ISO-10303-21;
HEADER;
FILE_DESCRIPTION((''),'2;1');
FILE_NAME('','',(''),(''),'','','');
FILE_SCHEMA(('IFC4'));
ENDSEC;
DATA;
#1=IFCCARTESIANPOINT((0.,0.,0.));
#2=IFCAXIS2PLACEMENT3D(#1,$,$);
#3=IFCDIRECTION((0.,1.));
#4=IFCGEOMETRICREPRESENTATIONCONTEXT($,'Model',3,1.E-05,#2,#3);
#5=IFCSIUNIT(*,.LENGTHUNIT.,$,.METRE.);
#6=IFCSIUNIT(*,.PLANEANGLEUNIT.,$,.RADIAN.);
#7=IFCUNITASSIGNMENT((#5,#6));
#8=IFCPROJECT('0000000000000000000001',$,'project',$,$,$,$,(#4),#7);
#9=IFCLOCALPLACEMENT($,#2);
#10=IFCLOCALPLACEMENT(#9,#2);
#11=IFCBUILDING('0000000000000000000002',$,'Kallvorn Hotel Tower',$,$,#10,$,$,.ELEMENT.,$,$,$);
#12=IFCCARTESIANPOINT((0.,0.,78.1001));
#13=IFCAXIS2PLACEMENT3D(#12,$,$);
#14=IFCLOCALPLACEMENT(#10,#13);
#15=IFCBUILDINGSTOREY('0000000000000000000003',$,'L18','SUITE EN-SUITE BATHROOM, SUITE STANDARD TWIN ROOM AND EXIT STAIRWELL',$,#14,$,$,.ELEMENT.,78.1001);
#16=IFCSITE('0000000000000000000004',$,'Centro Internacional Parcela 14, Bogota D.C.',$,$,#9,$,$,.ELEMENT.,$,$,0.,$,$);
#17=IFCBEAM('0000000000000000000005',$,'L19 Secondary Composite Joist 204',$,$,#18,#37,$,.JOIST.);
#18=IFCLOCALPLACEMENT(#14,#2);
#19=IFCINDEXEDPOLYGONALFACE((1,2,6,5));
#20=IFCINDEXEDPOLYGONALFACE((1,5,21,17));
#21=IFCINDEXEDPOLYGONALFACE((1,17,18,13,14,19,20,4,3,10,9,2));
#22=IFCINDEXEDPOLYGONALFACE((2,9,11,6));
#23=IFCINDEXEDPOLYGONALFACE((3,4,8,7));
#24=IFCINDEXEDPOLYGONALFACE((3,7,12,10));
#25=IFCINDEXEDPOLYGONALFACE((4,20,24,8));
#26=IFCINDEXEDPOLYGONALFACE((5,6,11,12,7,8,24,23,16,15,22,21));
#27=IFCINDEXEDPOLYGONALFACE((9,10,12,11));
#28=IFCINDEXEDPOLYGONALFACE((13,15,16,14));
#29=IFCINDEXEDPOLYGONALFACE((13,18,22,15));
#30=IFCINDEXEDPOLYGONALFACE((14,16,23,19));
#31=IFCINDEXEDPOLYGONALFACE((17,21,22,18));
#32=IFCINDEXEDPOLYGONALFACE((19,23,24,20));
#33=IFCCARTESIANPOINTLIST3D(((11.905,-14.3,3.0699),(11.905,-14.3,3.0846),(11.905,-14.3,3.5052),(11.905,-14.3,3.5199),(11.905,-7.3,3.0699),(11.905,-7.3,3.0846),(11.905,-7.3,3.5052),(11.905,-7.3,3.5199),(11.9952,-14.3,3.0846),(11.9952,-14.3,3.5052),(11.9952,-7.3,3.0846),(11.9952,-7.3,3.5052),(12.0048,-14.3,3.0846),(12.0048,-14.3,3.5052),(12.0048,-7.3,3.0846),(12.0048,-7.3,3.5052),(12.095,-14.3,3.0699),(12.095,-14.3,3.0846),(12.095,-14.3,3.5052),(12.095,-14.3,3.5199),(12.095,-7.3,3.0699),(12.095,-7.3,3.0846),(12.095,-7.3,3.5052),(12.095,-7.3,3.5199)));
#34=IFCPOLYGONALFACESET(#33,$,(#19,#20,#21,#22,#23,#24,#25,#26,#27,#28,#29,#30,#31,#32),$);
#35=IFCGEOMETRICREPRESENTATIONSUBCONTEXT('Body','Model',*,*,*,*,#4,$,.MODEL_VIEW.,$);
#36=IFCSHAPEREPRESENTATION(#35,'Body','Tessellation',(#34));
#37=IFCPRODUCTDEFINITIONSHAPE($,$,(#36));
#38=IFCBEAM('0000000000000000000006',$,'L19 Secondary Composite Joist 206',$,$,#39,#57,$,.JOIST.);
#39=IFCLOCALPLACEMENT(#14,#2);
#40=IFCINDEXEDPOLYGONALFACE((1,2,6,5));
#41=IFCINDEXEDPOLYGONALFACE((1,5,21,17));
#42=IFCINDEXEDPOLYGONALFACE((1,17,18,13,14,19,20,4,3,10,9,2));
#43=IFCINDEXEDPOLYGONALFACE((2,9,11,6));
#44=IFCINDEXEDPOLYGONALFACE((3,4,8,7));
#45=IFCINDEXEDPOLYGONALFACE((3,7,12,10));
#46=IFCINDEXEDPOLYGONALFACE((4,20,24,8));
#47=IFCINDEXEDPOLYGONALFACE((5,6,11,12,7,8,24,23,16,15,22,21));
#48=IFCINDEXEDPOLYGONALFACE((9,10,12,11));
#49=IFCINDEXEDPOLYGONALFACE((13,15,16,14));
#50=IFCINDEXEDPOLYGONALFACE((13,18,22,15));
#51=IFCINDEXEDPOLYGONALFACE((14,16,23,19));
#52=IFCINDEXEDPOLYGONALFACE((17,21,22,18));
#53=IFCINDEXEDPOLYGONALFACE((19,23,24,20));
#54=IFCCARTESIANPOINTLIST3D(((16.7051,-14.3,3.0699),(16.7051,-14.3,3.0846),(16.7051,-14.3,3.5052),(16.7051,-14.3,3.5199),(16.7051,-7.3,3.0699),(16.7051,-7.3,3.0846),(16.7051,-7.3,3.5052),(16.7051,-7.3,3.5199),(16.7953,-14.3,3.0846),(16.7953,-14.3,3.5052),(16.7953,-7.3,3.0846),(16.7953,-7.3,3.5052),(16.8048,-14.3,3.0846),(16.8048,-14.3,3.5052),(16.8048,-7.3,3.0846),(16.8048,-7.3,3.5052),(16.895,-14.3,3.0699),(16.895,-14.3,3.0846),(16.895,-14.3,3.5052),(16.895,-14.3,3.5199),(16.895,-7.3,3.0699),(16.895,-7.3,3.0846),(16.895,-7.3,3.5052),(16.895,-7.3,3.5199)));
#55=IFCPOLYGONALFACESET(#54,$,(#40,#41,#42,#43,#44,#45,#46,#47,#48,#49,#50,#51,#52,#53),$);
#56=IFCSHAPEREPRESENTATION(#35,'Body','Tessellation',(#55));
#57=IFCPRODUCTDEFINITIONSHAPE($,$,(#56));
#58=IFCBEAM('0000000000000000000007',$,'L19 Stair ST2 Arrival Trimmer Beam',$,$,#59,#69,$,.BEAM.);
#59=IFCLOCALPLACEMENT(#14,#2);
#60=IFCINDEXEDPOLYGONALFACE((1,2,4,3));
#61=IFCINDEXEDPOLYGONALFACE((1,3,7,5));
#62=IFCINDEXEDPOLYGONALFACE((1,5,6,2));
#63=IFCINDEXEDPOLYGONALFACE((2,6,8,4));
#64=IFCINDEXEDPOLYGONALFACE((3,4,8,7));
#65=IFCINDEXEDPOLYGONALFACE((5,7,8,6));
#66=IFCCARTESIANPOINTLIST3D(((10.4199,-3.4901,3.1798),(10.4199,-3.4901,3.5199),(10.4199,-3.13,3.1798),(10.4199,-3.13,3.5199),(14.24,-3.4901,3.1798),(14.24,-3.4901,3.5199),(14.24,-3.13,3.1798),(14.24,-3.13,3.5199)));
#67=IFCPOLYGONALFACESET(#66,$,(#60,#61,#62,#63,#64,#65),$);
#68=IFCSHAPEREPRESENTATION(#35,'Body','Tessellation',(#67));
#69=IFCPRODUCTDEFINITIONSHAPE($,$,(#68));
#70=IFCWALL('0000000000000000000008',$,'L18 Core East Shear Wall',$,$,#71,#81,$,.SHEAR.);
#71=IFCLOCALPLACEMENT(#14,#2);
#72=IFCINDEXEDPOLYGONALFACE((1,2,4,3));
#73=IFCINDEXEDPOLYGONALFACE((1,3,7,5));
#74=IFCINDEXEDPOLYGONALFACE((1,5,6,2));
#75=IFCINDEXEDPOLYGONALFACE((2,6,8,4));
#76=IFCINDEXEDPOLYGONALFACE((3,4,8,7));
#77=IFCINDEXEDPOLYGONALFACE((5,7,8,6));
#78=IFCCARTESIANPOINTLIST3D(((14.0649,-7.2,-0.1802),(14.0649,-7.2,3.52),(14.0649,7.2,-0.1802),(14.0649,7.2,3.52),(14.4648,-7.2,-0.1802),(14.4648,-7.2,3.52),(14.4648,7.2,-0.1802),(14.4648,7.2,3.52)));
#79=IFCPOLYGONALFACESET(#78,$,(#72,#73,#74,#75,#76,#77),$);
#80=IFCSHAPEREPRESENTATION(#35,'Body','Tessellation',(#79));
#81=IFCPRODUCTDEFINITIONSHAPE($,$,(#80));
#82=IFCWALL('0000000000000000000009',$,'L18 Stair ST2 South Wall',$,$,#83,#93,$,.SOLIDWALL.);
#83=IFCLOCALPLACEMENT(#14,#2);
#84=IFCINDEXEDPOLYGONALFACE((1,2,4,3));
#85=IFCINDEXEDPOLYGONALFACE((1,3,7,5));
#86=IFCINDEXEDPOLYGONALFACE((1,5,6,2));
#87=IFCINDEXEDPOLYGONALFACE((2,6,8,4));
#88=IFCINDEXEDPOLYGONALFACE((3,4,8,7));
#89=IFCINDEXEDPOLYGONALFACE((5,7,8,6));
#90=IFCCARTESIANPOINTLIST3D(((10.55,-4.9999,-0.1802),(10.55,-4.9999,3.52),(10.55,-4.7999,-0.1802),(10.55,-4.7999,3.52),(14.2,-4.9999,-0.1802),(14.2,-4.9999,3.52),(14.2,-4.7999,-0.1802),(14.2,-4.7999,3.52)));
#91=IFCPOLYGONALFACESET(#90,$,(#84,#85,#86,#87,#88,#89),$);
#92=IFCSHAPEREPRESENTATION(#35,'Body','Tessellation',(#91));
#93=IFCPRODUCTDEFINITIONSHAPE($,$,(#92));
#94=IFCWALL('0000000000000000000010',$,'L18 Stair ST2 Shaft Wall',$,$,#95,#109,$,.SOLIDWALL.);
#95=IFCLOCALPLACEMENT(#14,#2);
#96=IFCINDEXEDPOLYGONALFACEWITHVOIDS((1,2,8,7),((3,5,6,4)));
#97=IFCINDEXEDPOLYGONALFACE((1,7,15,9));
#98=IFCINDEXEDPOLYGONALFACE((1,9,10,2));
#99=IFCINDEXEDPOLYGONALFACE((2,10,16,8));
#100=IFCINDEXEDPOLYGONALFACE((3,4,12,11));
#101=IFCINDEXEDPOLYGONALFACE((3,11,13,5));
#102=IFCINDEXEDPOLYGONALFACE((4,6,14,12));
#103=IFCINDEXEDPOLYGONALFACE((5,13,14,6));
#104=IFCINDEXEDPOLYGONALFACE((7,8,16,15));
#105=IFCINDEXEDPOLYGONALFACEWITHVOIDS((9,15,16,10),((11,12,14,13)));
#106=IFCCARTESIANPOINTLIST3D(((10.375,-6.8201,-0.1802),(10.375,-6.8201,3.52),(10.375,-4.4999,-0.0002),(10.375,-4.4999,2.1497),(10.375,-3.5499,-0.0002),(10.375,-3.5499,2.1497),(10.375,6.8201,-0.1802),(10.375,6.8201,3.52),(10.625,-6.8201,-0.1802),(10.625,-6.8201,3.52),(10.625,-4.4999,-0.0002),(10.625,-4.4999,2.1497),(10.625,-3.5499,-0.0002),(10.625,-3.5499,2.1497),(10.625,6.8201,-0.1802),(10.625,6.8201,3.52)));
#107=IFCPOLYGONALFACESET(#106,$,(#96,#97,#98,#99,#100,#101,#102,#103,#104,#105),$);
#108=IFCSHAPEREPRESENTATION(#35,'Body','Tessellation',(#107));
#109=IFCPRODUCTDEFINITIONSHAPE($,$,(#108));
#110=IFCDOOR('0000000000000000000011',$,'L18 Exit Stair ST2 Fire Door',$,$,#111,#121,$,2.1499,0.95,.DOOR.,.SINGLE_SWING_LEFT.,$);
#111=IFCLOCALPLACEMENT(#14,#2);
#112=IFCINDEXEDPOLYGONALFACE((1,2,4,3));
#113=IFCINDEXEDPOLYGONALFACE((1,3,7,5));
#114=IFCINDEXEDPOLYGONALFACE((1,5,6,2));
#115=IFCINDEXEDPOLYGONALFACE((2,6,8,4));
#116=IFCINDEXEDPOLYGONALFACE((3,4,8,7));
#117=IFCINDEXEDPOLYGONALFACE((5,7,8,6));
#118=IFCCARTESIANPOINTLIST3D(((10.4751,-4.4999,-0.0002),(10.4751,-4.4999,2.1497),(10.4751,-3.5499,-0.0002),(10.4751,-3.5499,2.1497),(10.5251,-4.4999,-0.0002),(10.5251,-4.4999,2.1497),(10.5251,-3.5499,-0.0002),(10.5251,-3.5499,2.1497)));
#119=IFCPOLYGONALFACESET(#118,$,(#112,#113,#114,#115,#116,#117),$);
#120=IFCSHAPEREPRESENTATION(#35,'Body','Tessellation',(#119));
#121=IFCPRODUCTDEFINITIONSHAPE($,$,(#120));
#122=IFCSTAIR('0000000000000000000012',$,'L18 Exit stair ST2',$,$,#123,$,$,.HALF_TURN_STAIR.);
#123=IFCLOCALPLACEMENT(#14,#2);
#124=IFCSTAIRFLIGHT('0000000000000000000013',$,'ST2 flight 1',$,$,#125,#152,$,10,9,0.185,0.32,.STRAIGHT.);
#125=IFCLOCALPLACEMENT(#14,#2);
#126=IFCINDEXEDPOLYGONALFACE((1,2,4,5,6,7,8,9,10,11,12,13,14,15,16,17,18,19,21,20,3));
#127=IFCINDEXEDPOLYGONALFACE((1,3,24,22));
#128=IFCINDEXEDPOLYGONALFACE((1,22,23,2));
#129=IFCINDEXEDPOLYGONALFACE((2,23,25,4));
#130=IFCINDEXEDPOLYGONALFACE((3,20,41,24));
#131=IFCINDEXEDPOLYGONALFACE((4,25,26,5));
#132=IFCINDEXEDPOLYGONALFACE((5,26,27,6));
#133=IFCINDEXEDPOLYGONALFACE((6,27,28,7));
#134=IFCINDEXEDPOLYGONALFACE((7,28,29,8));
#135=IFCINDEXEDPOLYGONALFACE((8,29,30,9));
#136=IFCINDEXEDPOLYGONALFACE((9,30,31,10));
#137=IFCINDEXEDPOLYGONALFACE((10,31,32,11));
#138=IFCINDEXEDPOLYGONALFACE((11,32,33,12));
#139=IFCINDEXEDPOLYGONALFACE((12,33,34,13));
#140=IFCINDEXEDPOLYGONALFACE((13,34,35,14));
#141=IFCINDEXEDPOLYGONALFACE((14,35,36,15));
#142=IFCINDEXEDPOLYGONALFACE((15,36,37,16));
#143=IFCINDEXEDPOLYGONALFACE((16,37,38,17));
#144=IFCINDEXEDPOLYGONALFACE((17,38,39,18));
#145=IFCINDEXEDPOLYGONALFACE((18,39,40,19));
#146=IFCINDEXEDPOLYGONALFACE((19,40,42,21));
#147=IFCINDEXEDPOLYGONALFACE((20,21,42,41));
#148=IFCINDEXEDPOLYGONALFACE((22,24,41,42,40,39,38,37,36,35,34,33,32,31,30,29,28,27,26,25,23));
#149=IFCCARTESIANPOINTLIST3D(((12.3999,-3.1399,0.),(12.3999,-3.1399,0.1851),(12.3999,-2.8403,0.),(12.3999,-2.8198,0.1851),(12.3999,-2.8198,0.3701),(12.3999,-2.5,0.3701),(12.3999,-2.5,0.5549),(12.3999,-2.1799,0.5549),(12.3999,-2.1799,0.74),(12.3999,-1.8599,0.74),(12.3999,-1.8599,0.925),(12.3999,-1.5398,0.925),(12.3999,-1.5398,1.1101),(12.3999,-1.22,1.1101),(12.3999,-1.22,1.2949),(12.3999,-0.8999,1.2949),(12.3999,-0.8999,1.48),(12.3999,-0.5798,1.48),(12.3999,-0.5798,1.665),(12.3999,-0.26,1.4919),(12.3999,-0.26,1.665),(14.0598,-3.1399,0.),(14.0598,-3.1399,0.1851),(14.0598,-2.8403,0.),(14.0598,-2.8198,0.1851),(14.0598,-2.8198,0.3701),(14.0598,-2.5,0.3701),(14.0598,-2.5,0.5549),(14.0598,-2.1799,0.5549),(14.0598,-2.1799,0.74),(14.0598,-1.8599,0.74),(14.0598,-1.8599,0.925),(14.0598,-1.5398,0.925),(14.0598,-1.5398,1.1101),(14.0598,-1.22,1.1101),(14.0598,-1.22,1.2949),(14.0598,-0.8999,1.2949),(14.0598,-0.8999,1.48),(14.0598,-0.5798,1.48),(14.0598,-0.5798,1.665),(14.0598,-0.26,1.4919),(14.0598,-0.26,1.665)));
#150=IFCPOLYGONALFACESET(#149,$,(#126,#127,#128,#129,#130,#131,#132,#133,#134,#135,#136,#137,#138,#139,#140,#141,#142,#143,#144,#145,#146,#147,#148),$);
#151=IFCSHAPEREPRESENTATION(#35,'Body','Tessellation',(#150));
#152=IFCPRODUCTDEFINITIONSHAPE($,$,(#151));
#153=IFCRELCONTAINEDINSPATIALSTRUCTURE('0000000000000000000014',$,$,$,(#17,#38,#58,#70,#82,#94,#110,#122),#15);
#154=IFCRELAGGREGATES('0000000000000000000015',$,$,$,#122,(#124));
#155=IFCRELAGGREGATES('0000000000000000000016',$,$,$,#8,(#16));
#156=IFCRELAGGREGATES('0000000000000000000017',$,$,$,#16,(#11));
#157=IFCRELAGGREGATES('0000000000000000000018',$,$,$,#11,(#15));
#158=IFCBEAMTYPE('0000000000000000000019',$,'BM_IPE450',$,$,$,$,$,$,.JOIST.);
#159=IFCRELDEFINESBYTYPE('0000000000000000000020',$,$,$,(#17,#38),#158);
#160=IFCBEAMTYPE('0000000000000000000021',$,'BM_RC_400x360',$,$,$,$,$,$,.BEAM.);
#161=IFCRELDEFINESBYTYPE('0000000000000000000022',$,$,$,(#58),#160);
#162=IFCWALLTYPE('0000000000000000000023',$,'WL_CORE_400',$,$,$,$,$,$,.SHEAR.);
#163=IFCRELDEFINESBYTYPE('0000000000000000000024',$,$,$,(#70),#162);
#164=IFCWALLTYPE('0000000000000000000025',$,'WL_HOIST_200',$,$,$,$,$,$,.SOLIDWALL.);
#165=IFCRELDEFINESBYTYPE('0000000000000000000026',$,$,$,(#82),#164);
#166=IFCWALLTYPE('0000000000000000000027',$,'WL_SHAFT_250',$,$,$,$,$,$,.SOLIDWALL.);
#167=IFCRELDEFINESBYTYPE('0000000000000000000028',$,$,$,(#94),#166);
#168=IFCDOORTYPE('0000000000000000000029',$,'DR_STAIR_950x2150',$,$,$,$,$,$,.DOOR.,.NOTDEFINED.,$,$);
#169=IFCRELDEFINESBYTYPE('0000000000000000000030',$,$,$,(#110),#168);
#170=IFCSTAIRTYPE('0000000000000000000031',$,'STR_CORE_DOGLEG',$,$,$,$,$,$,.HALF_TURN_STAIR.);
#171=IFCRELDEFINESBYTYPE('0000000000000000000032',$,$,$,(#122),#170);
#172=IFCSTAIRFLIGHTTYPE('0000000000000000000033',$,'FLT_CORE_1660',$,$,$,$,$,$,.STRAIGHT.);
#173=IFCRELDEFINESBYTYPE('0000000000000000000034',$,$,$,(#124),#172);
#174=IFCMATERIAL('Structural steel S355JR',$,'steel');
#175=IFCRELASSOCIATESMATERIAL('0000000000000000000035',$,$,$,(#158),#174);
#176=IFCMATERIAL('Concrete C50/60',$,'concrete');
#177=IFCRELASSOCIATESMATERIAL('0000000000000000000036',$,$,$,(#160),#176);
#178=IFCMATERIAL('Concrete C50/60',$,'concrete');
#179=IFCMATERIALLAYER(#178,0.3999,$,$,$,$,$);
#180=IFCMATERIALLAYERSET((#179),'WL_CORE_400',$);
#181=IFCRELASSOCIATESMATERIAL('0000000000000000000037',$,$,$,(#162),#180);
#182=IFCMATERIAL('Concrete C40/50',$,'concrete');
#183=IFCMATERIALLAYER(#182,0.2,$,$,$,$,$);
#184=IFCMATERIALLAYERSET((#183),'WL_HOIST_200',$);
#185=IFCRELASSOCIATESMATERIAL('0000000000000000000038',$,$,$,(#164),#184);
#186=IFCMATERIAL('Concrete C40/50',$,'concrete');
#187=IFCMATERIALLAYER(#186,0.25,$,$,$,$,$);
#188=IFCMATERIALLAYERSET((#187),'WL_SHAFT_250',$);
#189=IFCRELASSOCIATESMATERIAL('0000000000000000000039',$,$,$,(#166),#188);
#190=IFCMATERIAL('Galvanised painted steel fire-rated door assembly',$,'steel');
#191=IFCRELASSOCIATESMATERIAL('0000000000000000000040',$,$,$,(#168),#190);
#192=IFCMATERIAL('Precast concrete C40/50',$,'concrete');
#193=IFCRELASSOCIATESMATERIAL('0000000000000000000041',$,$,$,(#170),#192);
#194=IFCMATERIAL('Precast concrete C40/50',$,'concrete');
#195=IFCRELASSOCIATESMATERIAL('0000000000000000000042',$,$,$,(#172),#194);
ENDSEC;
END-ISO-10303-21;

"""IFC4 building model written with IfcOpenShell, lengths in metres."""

from ifc_helpers import new_model, si_unit, direction, frame, frame_2d, origin, origin_2d, place, context, subcontext, project, spatial, polyline, rectangle, i_section, outline, extrude, material, layer, layer_set, material_profile, profile_set, type_object, element, fill, aggregate, save


model = new_model("IFC4")

# Units and contexts
model_context = context("Model", 3, precision=1e-05, world=origin(), true_north=direction((0.0, 1.0)))
body_context = subcontext(model_context, "Body", "Model", "MODEL_VIEW")
ifc_project = project(units=[si_unit("LENGTHUNIT", "METRE"), si_unit("PLANEANGLEUNIT", "RADIAN")], contexts=[model_context])

# Site, building, storey
site_placement = place(None, origin())
site = spatial("IfcSite", under=ifc_project, at=site_placement, Name="Centro Internacional Parcela 14, Bogota D.C.", CompositionType="ELEMENT", RefElevation=0.0)
building_placement = place(site_placement, origin())
building = spatial("IfcBuilding", under=site, at=building_placement, Name="Kallvorn Hotel Tower", CompositionType="ELEMENT")
storey_placement = place(building_placement, frame((0.0, 0.0, 78.1001)))
storey = spatial("IfcBuildingStorey", under=building, at=storey_placement, Name="L18", Description="SUITE EN-SUITE BATHROOM, SUITE STANDARD TWIN ROOM AND EXIT STAIRWELL", CompositionType="ELEMENT", Elevation=78.1001)

# Beams
ifc_material_1 = material(Name="Structural steel S355JR", Category="steel")
ifc_material_profile_1 = material_profile(ifc_material_1, i_section(OverallWidth=0.1899, OverallDepth=0.45, WebThickness=0.0095, FlangeThickness=0.0146, at=origin_2d()), Name="IPE 450")
ifc_profile_set_1 = profile_set([ifc_material_profile_1], Name="Structural steel S355JR")
beam_type_1 = type_object("IfcBeamType", Name="BM_IPE450", PredefinedType="JOIST", material=ifc_profile_set_1)
for number, where, z_axis, x_axis, name in (
    (1, (12.0, -14.3, 3.2949), (0.0, 1.0, 0.0), (-1.0, 0.0, 0.0), "L19 Secondary Composite Joist 204"),
    (2, (16.8, -14.3, 3.2949), (0.0, 1.0, 0.0), (-1.0, 0.0, 0.0), "L19 Secondary Composite Joist 206"),
):
    element("IfcBeam", number, at=place(storey_placement, frame(where, z_axis=z_axis, x_axis=x_axis)), inside=storey, type_object=beam_type_1, Name=name, PredefinedType="JOIST", context=body_context, shape_type="SweptSolid", body=[
        extrude(i_section(OverallWidth=0.1899, OverallDepth=0.45, WebThickness=0.0095, FlangeThickness=0.0146, at=origin_2d()), origin(), (0.0, 0.0, 1.0), 7.0),
    ])
ifc_material_2 = material(Name="Concrete C50/60", Category="concrete")
ifc_material_profile_2 = material_profile(ifc_material_2, rectangle(XDim=0.3601, YDim=0.3401, at=origin_2d()), Name="RC 360x340")
ifc_profile_set_2 = profile_set([ifc_material_profile_2], Name="Concrete C50/60")
beam_type_2 = type_object("IfcBeamType", Name="BM_RC_400x360", PredefinedType="BEAM", material=ifc_profile_set_2)
beam_1_placement = place(storey_placement, frame((14.24, -3.3101, 3.3499), z_axis=(-1.0, 0.0, 0.0), x_axis=(0.0, -1.0, 0.0)))
element("IfcBeam", 3, at=beam_1_placement, inside=storey, type_object=beam_type_2, Name="L19 Stair ST2 Arrival Trimmer Beam", PredefinedType="BEAM", context=body_context, shape_type="SweptSolid", body=[
    extrude(rectangle(XDim=0.3601, YDim=0.3401, at=origin_2d()), origin(), (0.0, 0.0, 1.0), 3.8201),
])

# Walls
ifc_material_3 = material(Name="Concrete C50/60", Category="concrete")
ifc_layer_1 = layer(ifc_material_3, 0.3999)
ifc_layer_set_1 = layer_set([ifc_layer_1], Name="WL_CORE_400")
wall_type_1 = type_object("IfcWallType", Name="WL_CORE_400", PredefinedType="SHEAR", material=ifc_layer_set_1)
wall_1_placement = place(storey_placement, frame((14.2649, -7.2, -0.1802), z_axis=(0.0, 0.0, 1.0), x_axis=(0.0, 1.0, 0.0)))
element("IfcWall", 4, at=wall_1_placement, inside=storey, type_object=wall_type_1, Name="L18 Core East Shear Wall", PredefinedType="SHEAR", context=body_context, shape_type="SweptSolid", body=[
    extrude(rectangle(XDim=14.3999, YDim=0.3999, at=frame_2d((7.2, 0.0))), origin(), (0.0, 0.0, 1.0), 3.7002),
])
ifc_material_4 = material(Name="Concrete C40/50", Category="concrete")
ifc_layer_2 = layer(ifc_material_4, 0.2)
ifc_layer_set_2 = layer_set([ifc_layer_2], Name="WL_HOIST_200")
wall_type_2 = type_object("IfcWallType", Name="WL_HOIST_200", PredefinedType="SOLIDWALL", material=ifc_layer_set_2)
wall_2_placement = place(storey_placement, frame((10.55, -4.8999, -0.1802), z_axis=(0.0, 0.0, 1.0), x_axis=(1.0, 0.0, 0.0)))
element("IfcWall", 5, at=wall_2_placement, inside=storey, type_object=wall_type_2, Name="L18 Stair ST2 South Wall", PredefinedType="SOLIDWALL", context=body_context, shape_type="SweptSolid", body=[
    extrude(rectangle(XDim=3.6499, YDim=0.2, at=frame_2d((1.825, 0.0))), origin(), (0.0, 0.0, 1.0), 3.7002),
])

# Wall, opening, door
ifc_material_5 = material(Name="Concrete C40/50", Category="concrete")
ifc_layer_3 = layer(ifc_material_5, 0.25)
ifc_layer_set_3 = layer_set([ifc_layer_3], Name="WL_SHAFT_250")
wall_type_3 = type_object("IfcWallType", Name="WL_SHAFT_250", PredefinedType="SOLIDWALL", material=ifc_layer_set_3)
wall_3_placement = place(storey_placement, frame((10.5, -6.8201, -0.1802), z_axis=(0.0, 0.0, 1.0), x_axis=(0.0, 1.0, 0.0)))
wall_3 = element("IfcWall", 6, at=wall_3_placement, inside=storey, type_object=wall_type_3, Name="L18 Stair ST2 Shaft Wall", PredefinedType="SOLIDWALL", context=body_context, shape_type="SweptSolid", body=[
    extrude(rectangle(XDim=13.6401, YDim=0.25, at=frame_2d((6.8201, 0.0))), origin(), (0.0, 0.0, 1.0), 3.7002),
])
opening_placement = place(wall_3_placement, frame((2.3201, 0.0, 0.1799)))
opening = element("IfcOpeningElement", 7, at=opening_placement, cuts=wall_3, PredefinedType="OPENING", context=body_context, shape_type="SweptSolid", body=[
    extrude(rectangle(XDim=0.95, YDim=2.1499, at=frame_2d((0.4751, 1.075))), frame((0.0, 0.1399, 0.0), z_axis=(0.0, -1.0, 0.0), x_axis=(1.0, 0.0, 0.0)), (0.0, 0.0, 1.0), 0.28),
])
ifc_material_6 = material(Name="Galvanised painted steel fire-rated door assembly", Category="steel")
door_type = type_object("IfcDoorType", Name="DR_STAIR_950x2150", OperationType="NOTDEFINED", PredefinedType="DOOR", material=ifc_material_6)
door_placement = place(opening_placement, origin())
door = element("IfcDoor", 8, at=door_placement, inside=storey, type_object=door_type, Name="L18 Exit Stair ST2 Fire Door", OperationType="SINGLE_SWING_LEFT", OverallHeight=2.1499, OverallWidth=0.95, PredefinedType="DOOR", context=body_context, shape_type="SweptSolid", body=[
    extrude(rectangle(XDim=0.95, YDim=2.1499, at=frame_2d((0.4751, 1.075))), frame((0.0, 0.0249, 0.0), z_axis=(0.0, -1.0, 0.0), x_axis=(1.0, 0.0, 0.0)), (0.0, 0.0, 1.0), 0.05),
])
fill(opening, door)

# Stair, stair flight
ifc_material_7 = material(Name="Precast concrete C40/50", Category="concrete")
stair_type = type_object("IfcStairType", Name="STR_CORE_DOGLEG", PredefinedType="HALF_TURN_STAIR", material=ifc_material_7)
stair_placement = place(storey_placement, origin())
stair = element("IfcStair", 9, at=stair_placement, inside=storey, type_object=stair_type, Name="L18 Exit stair ST2", PredefinedType="HALF_TURN_STAIR")
ifc_material_8 = material(Name="Precast concrete C40/50", Category="concrete")
stair_flight_type = type_object("IfcStairFlightType", Name="FLT_CORE_1660", PredefinedType="STRAIGHT", material=ifc_material_8)
stair_flight_placement = place(storey_placement, frame((13.23, -3.1399, 0.0), z_axis=(0.0, 0.0, 1.0), x_axis=(0.0, 1.0, 0.0)))
stair_flight = element("IfcStairFlight", 10, at=stair_flight_placement, type_object=stair_flight_type, Name="ST2 flight 1", NumberOfRisers=10, NumberOfTreads=9, PredefinedType="STRAIGHT", RiserHeight=0.185, TreadLength=0.32, context=body_context, shape_type="SweptSolid", body=[
    extrude(outline(polyline([(0.0, 0.0), (0.0, 0.1851), (0.3201, 0.1851), (0.3201, 0.3701), (0.6399, 0.3701), (0.6399, 0.5549), (0.96, 0.5549), (0.96, 0.74), (1.28, 0.74), (1.28, 0.925), (1.6001, 0.925), (1.6001, 1.1101), (1.9199, 1.1101), (1.9199, 1.2949), (2.24, 1.2949), (2.24, 1.48), (2.5601, 1.48), (2.5601, 1.665), (2.8799, 1.665), (2.8799, 1.8501), (2.8799, 1.4919), (0.2996, 0.0), (0.0, 0.0)])), frame((0.0, 0.8301, 0.0), z_axis=(0.0, -1.0, 0.0), x_axis=(1.0, 0.0, 0.0)), (0.0, 0.0, 1.0), 1.6599),
])
aggregate(stair, [stair_flight])

save(model, "model.ifc")
